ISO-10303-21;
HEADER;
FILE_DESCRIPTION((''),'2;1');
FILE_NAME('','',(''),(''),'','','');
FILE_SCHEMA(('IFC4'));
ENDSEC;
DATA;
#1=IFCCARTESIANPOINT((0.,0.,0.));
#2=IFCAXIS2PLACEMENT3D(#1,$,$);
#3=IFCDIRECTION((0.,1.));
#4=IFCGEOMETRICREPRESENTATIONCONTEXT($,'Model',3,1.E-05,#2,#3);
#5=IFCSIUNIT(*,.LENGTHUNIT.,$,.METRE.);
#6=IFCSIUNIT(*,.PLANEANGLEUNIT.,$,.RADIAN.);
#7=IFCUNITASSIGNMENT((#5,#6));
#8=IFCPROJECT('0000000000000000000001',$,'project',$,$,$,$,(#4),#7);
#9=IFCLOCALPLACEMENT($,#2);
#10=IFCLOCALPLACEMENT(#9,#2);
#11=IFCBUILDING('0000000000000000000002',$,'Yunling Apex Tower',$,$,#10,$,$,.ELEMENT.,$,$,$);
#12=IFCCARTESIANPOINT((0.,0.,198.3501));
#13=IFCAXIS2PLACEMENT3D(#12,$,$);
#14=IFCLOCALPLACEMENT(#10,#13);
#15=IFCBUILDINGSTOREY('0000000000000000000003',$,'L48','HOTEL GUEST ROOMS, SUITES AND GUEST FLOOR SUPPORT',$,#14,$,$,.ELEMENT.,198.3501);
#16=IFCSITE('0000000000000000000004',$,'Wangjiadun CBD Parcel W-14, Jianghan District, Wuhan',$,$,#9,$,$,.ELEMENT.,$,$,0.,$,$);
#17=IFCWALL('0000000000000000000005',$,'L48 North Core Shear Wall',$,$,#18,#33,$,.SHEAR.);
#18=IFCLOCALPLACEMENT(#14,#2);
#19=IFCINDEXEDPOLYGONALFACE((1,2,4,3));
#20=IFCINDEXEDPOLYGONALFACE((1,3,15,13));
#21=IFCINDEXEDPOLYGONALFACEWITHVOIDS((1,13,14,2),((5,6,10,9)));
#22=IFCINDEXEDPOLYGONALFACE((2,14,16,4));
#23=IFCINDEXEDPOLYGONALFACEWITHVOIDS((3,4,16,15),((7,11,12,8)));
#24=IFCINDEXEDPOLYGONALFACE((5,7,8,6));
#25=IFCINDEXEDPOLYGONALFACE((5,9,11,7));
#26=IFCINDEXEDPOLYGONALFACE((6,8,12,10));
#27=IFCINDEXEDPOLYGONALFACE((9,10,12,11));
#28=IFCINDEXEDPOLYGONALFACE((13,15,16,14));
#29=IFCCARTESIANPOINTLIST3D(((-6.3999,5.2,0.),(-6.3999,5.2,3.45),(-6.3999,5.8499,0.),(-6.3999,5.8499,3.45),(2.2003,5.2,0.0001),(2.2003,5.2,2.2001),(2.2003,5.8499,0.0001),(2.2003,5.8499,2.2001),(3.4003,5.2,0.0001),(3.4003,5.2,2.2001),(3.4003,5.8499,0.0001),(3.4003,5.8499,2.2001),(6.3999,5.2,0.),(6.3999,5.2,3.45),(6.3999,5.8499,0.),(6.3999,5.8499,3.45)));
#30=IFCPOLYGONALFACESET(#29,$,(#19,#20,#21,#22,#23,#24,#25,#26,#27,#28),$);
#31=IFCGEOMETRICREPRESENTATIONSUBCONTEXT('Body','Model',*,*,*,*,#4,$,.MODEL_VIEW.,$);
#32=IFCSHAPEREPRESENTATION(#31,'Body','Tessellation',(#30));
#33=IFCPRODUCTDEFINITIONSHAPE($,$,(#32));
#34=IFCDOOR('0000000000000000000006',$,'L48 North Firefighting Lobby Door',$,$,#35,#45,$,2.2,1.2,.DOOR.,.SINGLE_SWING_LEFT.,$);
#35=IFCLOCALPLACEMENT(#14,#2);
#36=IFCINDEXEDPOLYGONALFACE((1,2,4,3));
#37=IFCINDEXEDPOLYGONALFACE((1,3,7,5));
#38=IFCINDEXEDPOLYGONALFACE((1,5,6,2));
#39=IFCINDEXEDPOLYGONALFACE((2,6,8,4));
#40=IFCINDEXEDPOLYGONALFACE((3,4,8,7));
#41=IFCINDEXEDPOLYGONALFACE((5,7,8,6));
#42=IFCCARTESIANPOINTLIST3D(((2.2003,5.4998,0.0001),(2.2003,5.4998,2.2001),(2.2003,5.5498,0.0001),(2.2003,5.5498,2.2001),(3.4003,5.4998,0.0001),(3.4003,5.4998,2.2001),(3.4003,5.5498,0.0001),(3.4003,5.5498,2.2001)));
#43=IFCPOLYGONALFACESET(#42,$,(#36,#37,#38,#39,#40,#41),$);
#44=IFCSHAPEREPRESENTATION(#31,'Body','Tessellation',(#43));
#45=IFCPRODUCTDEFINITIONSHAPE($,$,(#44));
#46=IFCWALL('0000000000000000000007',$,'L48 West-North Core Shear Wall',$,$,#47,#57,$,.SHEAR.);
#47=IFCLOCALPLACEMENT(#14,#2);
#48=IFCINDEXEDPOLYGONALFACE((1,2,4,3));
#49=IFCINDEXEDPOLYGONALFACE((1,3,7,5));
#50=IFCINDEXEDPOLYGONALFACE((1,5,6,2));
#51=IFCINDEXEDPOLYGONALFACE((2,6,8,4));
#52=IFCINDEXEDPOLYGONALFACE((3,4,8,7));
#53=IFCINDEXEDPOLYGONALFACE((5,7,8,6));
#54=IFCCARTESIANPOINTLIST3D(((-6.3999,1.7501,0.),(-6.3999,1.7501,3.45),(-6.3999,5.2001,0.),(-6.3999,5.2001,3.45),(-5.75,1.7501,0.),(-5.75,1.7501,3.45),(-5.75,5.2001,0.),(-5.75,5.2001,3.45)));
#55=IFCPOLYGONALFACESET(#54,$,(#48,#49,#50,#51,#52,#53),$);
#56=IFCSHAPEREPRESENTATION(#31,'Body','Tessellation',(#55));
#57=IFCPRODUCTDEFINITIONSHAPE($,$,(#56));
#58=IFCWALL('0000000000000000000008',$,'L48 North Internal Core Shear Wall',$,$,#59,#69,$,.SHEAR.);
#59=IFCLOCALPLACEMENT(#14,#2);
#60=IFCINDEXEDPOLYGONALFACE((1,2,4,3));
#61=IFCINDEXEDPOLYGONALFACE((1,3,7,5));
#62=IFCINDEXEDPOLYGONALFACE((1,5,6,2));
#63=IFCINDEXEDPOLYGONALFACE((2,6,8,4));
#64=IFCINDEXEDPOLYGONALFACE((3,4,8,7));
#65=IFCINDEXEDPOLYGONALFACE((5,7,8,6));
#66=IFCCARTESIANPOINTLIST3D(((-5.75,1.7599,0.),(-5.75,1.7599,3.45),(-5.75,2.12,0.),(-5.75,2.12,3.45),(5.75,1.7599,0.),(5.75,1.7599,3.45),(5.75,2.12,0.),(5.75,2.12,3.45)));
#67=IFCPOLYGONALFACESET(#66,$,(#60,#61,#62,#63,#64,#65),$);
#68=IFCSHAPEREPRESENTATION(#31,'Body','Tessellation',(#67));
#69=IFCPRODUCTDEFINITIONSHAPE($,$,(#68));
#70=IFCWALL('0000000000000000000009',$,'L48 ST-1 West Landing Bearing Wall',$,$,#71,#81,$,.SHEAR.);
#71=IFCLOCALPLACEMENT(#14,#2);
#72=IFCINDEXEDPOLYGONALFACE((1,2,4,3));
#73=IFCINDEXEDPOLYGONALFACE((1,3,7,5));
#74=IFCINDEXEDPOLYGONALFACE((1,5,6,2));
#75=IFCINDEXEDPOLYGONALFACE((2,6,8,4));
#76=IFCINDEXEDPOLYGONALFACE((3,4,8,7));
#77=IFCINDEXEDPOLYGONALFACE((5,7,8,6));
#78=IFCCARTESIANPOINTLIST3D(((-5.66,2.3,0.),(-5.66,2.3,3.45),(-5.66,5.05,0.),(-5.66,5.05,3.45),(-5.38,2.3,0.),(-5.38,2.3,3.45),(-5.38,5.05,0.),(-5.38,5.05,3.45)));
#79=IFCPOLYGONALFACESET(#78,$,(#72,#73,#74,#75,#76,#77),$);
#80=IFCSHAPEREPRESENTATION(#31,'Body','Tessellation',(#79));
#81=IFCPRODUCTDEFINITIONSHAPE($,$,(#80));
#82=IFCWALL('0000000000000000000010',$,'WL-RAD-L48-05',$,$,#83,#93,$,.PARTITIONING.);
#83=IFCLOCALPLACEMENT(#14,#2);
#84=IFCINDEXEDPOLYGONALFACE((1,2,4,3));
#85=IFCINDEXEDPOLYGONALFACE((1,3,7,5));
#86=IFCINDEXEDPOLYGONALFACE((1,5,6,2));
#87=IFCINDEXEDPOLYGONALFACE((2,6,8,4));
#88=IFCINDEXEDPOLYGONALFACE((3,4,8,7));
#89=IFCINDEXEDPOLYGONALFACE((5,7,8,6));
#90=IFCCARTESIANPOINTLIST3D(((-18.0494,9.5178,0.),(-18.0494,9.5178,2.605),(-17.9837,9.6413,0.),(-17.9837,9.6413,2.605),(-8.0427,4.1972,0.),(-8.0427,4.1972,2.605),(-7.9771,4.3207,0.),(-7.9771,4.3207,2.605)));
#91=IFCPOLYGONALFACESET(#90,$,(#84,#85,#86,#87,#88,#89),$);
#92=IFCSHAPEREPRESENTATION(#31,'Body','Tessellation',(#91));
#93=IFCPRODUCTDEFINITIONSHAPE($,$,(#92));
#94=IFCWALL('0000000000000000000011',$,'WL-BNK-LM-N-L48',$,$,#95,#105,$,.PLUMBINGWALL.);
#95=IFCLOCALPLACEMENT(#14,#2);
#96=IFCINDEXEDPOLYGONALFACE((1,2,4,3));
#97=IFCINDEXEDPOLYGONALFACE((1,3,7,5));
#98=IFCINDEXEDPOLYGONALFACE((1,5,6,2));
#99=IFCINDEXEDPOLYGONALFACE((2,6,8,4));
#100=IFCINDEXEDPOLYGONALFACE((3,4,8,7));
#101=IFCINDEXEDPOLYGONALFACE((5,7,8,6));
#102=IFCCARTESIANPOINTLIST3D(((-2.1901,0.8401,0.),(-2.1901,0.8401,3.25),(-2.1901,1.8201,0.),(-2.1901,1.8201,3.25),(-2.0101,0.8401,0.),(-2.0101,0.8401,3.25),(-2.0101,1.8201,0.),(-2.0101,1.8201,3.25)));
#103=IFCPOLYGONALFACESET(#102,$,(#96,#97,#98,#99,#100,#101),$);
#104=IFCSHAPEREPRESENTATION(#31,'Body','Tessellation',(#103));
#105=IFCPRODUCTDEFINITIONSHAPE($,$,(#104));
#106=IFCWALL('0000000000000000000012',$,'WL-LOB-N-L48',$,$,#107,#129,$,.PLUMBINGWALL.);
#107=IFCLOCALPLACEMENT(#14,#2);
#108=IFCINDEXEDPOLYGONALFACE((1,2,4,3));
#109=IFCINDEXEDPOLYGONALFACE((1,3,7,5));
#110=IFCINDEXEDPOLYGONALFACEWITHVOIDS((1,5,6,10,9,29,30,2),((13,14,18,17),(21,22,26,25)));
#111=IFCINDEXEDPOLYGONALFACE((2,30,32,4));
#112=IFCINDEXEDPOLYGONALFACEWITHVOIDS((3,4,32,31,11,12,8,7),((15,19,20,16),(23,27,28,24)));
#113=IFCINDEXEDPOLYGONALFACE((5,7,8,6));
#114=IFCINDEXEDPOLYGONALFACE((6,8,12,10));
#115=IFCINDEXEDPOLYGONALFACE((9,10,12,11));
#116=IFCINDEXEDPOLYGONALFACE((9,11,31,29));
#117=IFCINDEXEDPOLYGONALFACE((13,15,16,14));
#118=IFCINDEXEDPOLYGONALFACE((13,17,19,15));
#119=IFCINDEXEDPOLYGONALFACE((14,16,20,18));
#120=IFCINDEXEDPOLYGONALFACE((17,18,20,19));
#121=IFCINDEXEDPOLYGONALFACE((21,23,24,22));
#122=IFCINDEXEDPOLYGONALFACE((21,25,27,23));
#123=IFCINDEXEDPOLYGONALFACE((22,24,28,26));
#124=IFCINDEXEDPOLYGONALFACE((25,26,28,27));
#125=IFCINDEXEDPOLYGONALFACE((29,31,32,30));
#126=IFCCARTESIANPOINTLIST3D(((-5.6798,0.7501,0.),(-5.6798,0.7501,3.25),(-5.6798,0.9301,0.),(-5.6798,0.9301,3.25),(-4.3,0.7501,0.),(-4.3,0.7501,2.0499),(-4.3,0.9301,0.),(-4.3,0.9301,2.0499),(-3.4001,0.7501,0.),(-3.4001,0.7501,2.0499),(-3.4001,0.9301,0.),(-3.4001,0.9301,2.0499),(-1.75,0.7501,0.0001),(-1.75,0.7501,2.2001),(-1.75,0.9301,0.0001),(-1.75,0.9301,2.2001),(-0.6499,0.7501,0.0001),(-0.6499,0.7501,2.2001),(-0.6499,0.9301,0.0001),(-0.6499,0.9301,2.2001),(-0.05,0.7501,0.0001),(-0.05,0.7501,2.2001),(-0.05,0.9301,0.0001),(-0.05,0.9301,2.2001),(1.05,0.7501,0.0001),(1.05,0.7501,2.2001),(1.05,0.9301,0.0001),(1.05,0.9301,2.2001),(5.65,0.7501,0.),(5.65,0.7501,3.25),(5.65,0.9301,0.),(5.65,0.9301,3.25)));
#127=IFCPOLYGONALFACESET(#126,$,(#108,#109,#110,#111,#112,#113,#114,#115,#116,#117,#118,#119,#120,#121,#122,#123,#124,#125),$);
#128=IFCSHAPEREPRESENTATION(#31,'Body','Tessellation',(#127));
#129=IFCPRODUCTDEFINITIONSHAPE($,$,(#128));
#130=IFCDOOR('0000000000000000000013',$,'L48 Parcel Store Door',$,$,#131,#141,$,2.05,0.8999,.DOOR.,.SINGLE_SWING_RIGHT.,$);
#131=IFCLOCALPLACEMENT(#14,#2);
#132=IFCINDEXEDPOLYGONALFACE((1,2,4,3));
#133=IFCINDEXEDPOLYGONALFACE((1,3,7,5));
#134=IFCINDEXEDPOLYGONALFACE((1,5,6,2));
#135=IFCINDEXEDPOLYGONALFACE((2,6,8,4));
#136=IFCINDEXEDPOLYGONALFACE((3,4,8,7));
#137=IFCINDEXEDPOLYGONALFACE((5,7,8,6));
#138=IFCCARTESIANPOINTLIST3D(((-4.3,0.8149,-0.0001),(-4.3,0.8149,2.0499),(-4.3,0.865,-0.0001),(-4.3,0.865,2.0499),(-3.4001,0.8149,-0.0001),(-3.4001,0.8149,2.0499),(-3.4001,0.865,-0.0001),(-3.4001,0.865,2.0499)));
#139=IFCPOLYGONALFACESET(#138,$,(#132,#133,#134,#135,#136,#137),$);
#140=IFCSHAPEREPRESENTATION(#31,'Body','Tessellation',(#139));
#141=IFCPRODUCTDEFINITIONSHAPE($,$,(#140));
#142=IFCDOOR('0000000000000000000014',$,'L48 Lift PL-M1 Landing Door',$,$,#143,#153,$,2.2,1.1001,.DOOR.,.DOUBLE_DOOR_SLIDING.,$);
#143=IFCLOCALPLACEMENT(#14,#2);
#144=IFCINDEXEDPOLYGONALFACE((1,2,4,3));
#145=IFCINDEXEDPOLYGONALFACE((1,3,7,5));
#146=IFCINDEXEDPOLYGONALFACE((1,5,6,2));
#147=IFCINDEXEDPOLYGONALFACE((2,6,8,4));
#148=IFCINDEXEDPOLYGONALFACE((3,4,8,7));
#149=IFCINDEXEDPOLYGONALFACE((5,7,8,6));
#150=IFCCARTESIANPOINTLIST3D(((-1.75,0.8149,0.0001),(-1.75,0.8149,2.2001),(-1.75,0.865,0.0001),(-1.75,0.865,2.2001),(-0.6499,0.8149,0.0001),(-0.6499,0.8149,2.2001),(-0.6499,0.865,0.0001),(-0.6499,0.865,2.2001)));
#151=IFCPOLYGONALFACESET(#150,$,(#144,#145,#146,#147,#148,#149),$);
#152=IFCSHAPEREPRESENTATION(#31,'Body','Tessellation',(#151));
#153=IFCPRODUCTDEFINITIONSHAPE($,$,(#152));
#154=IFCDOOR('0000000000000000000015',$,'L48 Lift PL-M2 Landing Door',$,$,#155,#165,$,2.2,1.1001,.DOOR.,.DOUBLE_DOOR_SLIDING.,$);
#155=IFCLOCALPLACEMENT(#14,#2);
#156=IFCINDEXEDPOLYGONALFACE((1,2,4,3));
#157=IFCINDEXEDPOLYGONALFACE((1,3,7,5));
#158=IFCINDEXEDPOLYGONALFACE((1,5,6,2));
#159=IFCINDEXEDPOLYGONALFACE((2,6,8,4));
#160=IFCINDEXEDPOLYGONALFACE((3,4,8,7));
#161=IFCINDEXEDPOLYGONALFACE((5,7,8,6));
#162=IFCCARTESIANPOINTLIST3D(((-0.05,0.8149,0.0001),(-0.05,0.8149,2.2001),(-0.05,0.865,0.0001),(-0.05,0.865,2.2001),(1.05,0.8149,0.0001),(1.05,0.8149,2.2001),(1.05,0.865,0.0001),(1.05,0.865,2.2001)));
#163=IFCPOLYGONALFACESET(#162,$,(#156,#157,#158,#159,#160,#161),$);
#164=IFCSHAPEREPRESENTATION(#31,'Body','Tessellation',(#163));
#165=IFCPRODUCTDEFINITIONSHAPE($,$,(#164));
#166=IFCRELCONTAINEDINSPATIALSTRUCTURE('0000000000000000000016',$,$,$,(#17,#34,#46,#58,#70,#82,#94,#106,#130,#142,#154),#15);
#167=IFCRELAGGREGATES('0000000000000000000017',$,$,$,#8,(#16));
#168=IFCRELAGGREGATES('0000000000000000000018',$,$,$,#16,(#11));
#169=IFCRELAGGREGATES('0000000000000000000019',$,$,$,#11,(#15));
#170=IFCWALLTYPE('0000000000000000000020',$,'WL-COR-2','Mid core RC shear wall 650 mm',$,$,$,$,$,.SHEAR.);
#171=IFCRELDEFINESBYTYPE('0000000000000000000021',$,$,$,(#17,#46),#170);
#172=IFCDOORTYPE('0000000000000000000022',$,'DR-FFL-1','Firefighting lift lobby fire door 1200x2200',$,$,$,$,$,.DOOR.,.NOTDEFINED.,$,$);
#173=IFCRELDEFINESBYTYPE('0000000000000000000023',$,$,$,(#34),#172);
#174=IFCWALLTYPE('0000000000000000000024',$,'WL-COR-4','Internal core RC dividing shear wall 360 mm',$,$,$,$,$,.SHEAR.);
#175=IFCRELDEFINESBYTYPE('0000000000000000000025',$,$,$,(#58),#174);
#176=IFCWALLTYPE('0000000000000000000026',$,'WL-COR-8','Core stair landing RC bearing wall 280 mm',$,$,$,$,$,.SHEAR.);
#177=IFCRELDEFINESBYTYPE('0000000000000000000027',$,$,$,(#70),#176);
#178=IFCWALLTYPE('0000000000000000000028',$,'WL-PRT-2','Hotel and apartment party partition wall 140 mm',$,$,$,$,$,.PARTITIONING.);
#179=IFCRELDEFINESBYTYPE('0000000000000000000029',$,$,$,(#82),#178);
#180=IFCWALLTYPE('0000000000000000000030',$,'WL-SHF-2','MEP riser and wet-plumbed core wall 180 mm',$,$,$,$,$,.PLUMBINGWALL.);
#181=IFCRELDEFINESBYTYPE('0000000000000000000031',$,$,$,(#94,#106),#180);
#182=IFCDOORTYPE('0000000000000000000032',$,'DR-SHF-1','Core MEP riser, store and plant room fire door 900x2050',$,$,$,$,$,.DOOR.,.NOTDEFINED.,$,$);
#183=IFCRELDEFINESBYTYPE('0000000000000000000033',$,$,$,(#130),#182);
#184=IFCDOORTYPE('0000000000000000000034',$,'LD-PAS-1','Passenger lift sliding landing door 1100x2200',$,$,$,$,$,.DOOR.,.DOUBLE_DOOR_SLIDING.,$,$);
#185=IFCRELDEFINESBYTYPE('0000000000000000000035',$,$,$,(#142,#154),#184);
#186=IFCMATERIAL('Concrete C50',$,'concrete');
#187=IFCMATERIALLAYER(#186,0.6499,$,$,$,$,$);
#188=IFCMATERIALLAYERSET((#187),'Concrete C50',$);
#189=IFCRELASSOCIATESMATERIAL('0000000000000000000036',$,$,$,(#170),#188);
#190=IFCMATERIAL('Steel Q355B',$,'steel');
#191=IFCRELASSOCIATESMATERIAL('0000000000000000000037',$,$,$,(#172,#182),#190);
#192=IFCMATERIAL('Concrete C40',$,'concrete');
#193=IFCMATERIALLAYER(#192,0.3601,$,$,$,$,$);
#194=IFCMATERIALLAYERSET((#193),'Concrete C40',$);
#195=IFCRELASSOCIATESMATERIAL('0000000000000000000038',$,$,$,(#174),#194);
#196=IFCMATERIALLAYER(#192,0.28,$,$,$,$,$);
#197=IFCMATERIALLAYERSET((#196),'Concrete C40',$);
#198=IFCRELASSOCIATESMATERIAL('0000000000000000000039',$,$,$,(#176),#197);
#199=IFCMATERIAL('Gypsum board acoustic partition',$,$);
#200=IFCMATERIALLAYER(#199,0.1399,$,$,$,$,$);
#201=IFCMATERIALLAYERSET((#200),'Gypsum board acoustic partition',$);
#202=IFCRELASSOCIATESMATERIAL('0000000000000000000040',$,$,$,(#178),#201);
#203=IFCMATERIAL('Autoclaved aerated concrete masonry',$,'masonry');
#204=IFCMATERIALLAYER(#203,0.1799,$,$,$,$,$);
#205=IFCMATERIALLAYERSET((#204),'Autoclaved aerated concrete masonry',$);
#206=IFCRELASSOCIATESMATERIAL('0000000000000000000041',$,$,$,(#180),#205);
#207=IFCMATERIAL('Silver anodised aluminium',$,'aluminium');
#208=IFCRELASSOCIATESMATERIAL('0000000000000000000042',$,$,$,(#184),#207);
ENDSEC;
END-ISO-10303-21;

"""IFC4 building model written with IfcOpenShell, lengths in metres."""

from ifc_helpers import new_model, si_unit, direction, frame, frame_2d, origin, place, context, subcontext, project, spatial, rectangle, extrude, material, layer, layer_set, type_object, element, fill, save


model = new_model("IFC4")

# Units and contexts
model_context = context("Model", 3, precision=1e-05, world=origin(), true_north=direction((0.0, 1.0)))
body_context = subcontext(model_context, "Body", "Model", "MODEL_VIEW")
ifc_project = project(units=[si_unit("LENGTHUNIT", "METRE"), si_unit("PLANEANGLEUNIT", "RADIAN")], contexts=[model_context])

# Site, building, storey
site_placement = place(None, origin())
site = spatial("IfcSite", under=ifc_project, at=site_placement, Name="Wangjiadun CBD Parcel W-14, Jianghan District, Wuhan", CompositionType="ELEMENT", RefElevation=0.0)
building_placement = place(site_placement, origin())
building = spatial("IfcBuilding", under=site, at=building_placement, Name="Yunling Apex Tower", CompositionType="ELEMENT")
storey_placement = place(building_placement, frame((0.0, 0.0, 198.3501)))
storey = spatial("IfcBuildingStorey", under=building, at=storey_placement, Name="L48", Description="HOTEL GUEST ROOMS, SUITES AND GUEST FLOOR SUPPORT", CompositionType="ELEMENT", Elevation=198.3501)

# Shared definitions
ifc_material_1 = material(Name="Concrete C50", Category="concrete")

# Shared definitions
ifc_material_2 = material(Name="Steel Q355B", Category="steel")

# Wall, opening, door
ifc_layer_1 = layer(ifc_material_1, 0.6499)
ifc_layer_set_1 = layer_set([ifc_layer_1], Name="Concrete C50")
wall_type_1 = type_object("IfcWallType", Name="WL-COR-2", Description="Mid core RC shear wall 650 mm", PredefinedType="SHEAR", material=ifc_layer_set_1)
wall_1_placement = place(storey_placement, frame((-6.3999, 5.5249, 0.0), z_axis=(0.0, 0.0, 1.0), x_axis=(1.0, 0.0, 0.0)))
wall_1 = element("IfcWall", 1, at=wall_1_placement, inside=storey, type_object=wall_type_1, Name="L48 North Core Shear Wall", PredefinedType="SHEAR", context=body_context, shape_type="SweptSolid", body=[
    extrude(rectangle(XDim=12.7998, YDim=0.6499, at=frame_2d((6.3999, 0.0))), origin(), (0.0, 0.0, 1.0), 3.45),
])
opening_1_placement = place(wall_1_placement, frame((8.6001, 0.0, 0.0)))
opening_1 = element("IfcOpeningElement", 2, at=opening_1_placement, cuts=wall_1, PredefinedType="OPENING", context=body_context, shape_type="SweptSolid", body=[
    extrude(rectangle(XDim=1.2, YDim=2.2, at=frame_2d((0.6001, 1.1001))), frame((0.0, 0.335, 0.0), z_axis=(0.0, -1.0, 0.0), x_axis=(1.0, 0.0, 0.0)), (0.0, 0.0, 1.0), 0.6699),
])
door_type_1 = type_object("IfcDoorType", Name="DR-FFL-1", Description="Firefighting lift lobby fire door 1200x2200", OperationType="NOTDEFINED", PredefinedType="DOOR", material=ifc_material_2)
door_1_placement = place(opening_1_placement, origin())
door_1 = element("IfcDoor", 3, at=door_1_placement, inside=storey, type_object=door_type_1, Name="L48 North Firefighting Lobby Door", OperationType="SINGLE_SWING_LEFT", OverallHeight=2.2, OverallWidth=1.2, PredefinedType="DOOR", context=body_context, shape_type="SweptSolid", body=[
    extrude(rectangle(XDim=1.2, YDim=2.2, at=frame_2d((0.6001, 1.1001))), frame((0.0, 0.0249, 0.0), z_axis=(0.0, -1.0, 0.0), x_axis=(1.0, 0.0, 0.0)), (0.0, 0.0, 1.0), 0.05),
])
fill(opening_1, door_1)

# Walls
wall_2_placement = place(storey_placement, frame((-6.075, 1.75, 0.0), z_axis=(0.0, 0.0, 1.0), x_axis=(0.0, 1.0, 0.0)))
element("IfcWall", 4, at=wall_2_placement, inside=storey, type_object=wall_type_1, Name="L48 West-North Core Shear Wall", PredefinedType="SHEAR", context=body_context, shape_type="SweptSolid", body=[
    extrude(rectangle(XDim=3.45, YDim=0.6499, at=frame_2d((1.7251, 0.0))), origin(), (0.0, 0.0, 1.0), 3.45),
])
ifc_material_3 = material(Name="Concrete C40", Category="concrete")
ifc_layer_2 = layer(ifc_material_3, 0.3601)
ifc_layer_set_2 = layer_set([ifc_layer_2], Name="Concrete C40")
wall_type_2 = type_object("IfcWallType", Name="WL-COR-4", Description="Internal core RC dividing shear wall 360 mm", PredefinedType="SHEAR", material=ifc_layer_set_2)
wall_3_placement = place(storey_placement, frame((-5.75, 1.9399, 0.0), z_axis=(0.0, 0.0, 1.0), x_axis=(1.0, 0.0, 0.0)))
element("IfcWall", 5, at=wall_3_placement, inside=storey, type_object=wall_type_2, Name="L48 North Internal Core Shear Wall", PredefinedType="SHEAR", context=body_context, shape_type="SweptSolid", body=[
    extrude(rectangle(XDim=11.5, YDim=0.3601, at=frame_2d((5.75, 0.0))), origin(), (0.0, 0.0, 1.0), 3.45),
])
ifc_layer_3 = layer(ifc_material_3, 0.28)
ifc_layer_set_3 = layer_set([ifc_layer_3], Name="Concrete C40")
wall_type_3 = type_object("IfcWallType", Name="WL-COR-8", Description="Core stair landing RC bearing wall 280 mm", PredefinedType="SHEAR", material=ifc_layer_set_3)
wall_4_placement = place(storey_placement, frame((-5.52, 2.3, 0.0), z_axis=(0.0, 0.0, 1.0), x_axis=(0.0, 1.0, 0.0)))
element("IfcWall", 6, at=wall_4_placement, inside=storey, type_object=wall_type_3, Name="L48 ST-1 West Landing Bearing Wall", PredefinedType="SHEAR", context=body_context, shape_type="SweptSolid", body=[
    extrude(rectangle(XDim=2.75, YDim=0.28, at=frame_2d((1.375, 0.0))), origin(), (0.0, 0.0, 1.0), 3.45),
])
ifc_material_4 = material(Name="Gypsum board acoustic partition")
ifc_layer_4 = layer(ifc_material_4, 0.1399)
ifc_layer_set_4 = layer_set([ifc_layer_4], Name="Gypsum board acoustic partition")
wall_type_4 = type_object("IfcWallType", Name="WL-PRT-2", Description="Hotel and apartment party partition wall 140 mm", PredefinedType="PARTITIONING", material=ifc_layer_set_4)
wall_5_placement = place(storey_placement, frame((-8.01, 4.259, 0.0), z_axis=(0.0, 0.0, 1.0), x_axis=(-0.882949, 0.469469, 0.0)))
element("IfcWall", 7, at=wall_5_placement, inside=storey, type_object=wall_type_4, Name="WL-RAD-L48-05", PredefinedType="PARTITIONING", context=body_context, shape_type="SweptSolid", body=[
    extrude(rectangle(XDim=11.3333, YDim=0.1399, at=frame_2d((5.6665, 0.0))), origin(), (0.0, 0.0, 1.0), 2.605),
])
ifc_material_5 = material(Name="Autoclaved aerated concrete masonry", Category="masonry")
ifc_layer_5 = layer(ifc_material_5, 0.1799)
ifc_layer_set_5 = layer_set([ifc_layer_5], Name="Autoclaved aerated concrete masonry")
wall_type_5 = type_object("IfcWallType", Name="WL-SHF-2", Description="MEP riser and wet-plumbed core wall 180 mm", PredefinedType="PLUMBINGWALL", material=ifc_layer_set_5)
wall_6_placement = place(storey_placement, frame((-2.1001, 0.8401, 0.0), z_axis=(0.0, 0.0, 1.0), x_axis=(0.0, 1.0, 0.0)))
element("IfcWall", 8, at=wall_6_placement, inside=storey, type_object=wall_type_5, Name="WL-BNK-LM-N-L48", PredefinedType="PLUMBINGWALL", context=body_context, shape_type="SweptSolid", body=[
    extrude(rectangle(XDim=0.98, YDim=0.1799, at=frame_2d((0.49, 0.0))), origin(), (0.0, 0.0, 1.0), 3.25),
])

# Wall, openings, doors
wall_7_placement = place(storey_placement, frame((-5.6799, 0.8401, 0.0), z_axis=(0.0, 0.0, 1.0), x_axis=(1.0, 0.0, 0.0)))
wall_7 = element("IfcWall", 9, at=wall_7_placement, inside=storey, type_object=wall_type_5, Name="WL-LOB-N-L48", PredefinedType="PLUMBINGWALL", context=body_context, shape_type="SweptSolid", body=[
    extrude(rectangle(XDim=11.3298, YDim=0.1799, at=frame_2d((5.665, 0.0))), origin(), (0.0, 0.0, 1.0), 3.25),
])
opening_2_placement = place(wall_7_placement, frame((1.3799, 0.0, 0.0)))
opening_2 = element("IfcOpeningElement", 10, at=opening_2_placement, cuts=wall_7, PredefinedType="OPENING", context=body_context, shape_type="SweptSolid", body=[
    extrude(rectangle(XDim=0.8999, YDim=2.05, at=frame_2d((0.45, 1.0249))), frame((0.0, 0.1001, 0.0), z_axis=(0.0, -1.0, 0.0), x_axis=(1.0, 0.0, 0.0)), (0.0, 0.0, 1.0), 0.2),
])
opening_3_placement = place(wall_7_placement, frame((3.9299, 0.0, 0.0)))
opening_3 = element("IfcOpeningElement", 11, at=opening_3_placement, cuts=wall_7, PredefinedType="OPENING", context=body_context, shape_type="SweptSolid", body=[
    extrude(rectangle(XDim=1.1001, YDim=2.2, at=frame_2d((0.55, 1.1001))), frame((0.0, 0.1001, 0.0), z_axis=(0.0, -1.0, 0.0), x_axis=(1.0, 0.0, 0.0)), (0.0, 0.0, 1.0), 0.2),
])
opening_4_placement = place(wall_7_placement, frame((5.6299, 0.0, 0.0)))
opening_4 = element("IfcOpeningElement", 12, at=opening_4_placement, cuts=wall_7, PredefinedType="OPENING", context=body_context, shape_type="SweptSolid", body=[
    extrude(rectangle(XDim=1.1001, YDim=2.2, at=frame_2d((0.55, 1.1001))), frame((0.0, 0.1001, 0.0), z_axis=(0.0, -1.0, 0.0), x_axis=(1.0, 0.0, 0.0)), (0.0, 0.0, 1.0), 0.2),
])
door_type_2 = type_object("IfcDoorType", Name="DR-SHF-1", Description="Core MEP riser, store and plant room fire door 900x2050", OperationType="NOTDEFINED", PredefinedType="DOOR", material=ifc_material_2)
door_2_placement = place(opening_2_placement, origin())
door_2 = element("IfcDoor", 13, at=door_2_placement, inside=storey, type_object=door_type_2, Name="L48 Parcel Store Door", OperationType="SINGLE_SWING_RIGHT", OverallHeight=2.05, OverallWidth=0.8999, PredefinedType="DOOR", context=body_context, shape_type="SweptSolid", body=[
    extrude(rectangle(XDim=0.8999, YDim=2.05, at=frame_2d((0.45, 1.0249))), frame((0.0, 0.0249, 0.0), z_axis=(0.0, -1.0, 0.0), x_axis=(1.0, 0.0, 0.0)), (0.0, 0.0, 1.0), 0.05),
])
fill(opening_2, door_2)
ifc_material_6 = material(Name="Silver anodised aluminium", Category="aluminium")
door_type_3 = type_object("IfcDoorType", Name="LD-PAS-1", Description="Passenger lift sliding landing door 1100x2200", OperationType="DOUBLE_DOOR_SLIDING", PredefinedType="DOOR", material=ifc_material_6)
door_3_placement = place(opening_3_placement, origin())
door_3 = element("IfcDoor", 14, at=door_3_placement, inside=storey, type_object=door_type_3, Name="L48 Lift PL-M1 Landing Door", OperationType="DOUBLE_DOOR_SLIDING", OverallHeight=2.2, OverallWidth=1.1001, PredefinedType="DOOR", context=body_context, shape_type="SweptSolid", body=[
    extrude(rectangle(XDim=1.1001, YDim=2.2, at=frame_2d((0.55, 1.1001))), frame((0.0, 0.0249, 0.0), z_axis=(0.0, -1.0, 0.0), x_axis=(1.0, 0.0, 0.0)), (0.0, 0.0, 1.0), 0.05),
])
fill(opening_3, door_3)
door_4_placement = place(opening_4_placement, origin())
door_4 = element("IfcDoor", 15, at=door_4_placement, inside=storey, type_object=door_type_3, Name="L48 Lift PL-M2 Landing Door", OperationType="DOUBLE_DOOR_SLIDING", OverallHeight=2.2, OverallWidth=1.1001, PredefinedType="DOOR", context=body_context, shape_type="SweptSolid", body=[
    extrude(rectangle(XDim=1.1001, YDim=2.2, at=frame_2d((0.55, 1.1001))), frame((0.0, 0.0249, 0.0), z_axis=(0.0, -1.0, 0.0), x_axis=(1.0, 0.0, 0.0)), (0.0, 0.0, 1.0), 0.05),
])
fill(opening_4, door_4)

save(model, "model.ifc")
